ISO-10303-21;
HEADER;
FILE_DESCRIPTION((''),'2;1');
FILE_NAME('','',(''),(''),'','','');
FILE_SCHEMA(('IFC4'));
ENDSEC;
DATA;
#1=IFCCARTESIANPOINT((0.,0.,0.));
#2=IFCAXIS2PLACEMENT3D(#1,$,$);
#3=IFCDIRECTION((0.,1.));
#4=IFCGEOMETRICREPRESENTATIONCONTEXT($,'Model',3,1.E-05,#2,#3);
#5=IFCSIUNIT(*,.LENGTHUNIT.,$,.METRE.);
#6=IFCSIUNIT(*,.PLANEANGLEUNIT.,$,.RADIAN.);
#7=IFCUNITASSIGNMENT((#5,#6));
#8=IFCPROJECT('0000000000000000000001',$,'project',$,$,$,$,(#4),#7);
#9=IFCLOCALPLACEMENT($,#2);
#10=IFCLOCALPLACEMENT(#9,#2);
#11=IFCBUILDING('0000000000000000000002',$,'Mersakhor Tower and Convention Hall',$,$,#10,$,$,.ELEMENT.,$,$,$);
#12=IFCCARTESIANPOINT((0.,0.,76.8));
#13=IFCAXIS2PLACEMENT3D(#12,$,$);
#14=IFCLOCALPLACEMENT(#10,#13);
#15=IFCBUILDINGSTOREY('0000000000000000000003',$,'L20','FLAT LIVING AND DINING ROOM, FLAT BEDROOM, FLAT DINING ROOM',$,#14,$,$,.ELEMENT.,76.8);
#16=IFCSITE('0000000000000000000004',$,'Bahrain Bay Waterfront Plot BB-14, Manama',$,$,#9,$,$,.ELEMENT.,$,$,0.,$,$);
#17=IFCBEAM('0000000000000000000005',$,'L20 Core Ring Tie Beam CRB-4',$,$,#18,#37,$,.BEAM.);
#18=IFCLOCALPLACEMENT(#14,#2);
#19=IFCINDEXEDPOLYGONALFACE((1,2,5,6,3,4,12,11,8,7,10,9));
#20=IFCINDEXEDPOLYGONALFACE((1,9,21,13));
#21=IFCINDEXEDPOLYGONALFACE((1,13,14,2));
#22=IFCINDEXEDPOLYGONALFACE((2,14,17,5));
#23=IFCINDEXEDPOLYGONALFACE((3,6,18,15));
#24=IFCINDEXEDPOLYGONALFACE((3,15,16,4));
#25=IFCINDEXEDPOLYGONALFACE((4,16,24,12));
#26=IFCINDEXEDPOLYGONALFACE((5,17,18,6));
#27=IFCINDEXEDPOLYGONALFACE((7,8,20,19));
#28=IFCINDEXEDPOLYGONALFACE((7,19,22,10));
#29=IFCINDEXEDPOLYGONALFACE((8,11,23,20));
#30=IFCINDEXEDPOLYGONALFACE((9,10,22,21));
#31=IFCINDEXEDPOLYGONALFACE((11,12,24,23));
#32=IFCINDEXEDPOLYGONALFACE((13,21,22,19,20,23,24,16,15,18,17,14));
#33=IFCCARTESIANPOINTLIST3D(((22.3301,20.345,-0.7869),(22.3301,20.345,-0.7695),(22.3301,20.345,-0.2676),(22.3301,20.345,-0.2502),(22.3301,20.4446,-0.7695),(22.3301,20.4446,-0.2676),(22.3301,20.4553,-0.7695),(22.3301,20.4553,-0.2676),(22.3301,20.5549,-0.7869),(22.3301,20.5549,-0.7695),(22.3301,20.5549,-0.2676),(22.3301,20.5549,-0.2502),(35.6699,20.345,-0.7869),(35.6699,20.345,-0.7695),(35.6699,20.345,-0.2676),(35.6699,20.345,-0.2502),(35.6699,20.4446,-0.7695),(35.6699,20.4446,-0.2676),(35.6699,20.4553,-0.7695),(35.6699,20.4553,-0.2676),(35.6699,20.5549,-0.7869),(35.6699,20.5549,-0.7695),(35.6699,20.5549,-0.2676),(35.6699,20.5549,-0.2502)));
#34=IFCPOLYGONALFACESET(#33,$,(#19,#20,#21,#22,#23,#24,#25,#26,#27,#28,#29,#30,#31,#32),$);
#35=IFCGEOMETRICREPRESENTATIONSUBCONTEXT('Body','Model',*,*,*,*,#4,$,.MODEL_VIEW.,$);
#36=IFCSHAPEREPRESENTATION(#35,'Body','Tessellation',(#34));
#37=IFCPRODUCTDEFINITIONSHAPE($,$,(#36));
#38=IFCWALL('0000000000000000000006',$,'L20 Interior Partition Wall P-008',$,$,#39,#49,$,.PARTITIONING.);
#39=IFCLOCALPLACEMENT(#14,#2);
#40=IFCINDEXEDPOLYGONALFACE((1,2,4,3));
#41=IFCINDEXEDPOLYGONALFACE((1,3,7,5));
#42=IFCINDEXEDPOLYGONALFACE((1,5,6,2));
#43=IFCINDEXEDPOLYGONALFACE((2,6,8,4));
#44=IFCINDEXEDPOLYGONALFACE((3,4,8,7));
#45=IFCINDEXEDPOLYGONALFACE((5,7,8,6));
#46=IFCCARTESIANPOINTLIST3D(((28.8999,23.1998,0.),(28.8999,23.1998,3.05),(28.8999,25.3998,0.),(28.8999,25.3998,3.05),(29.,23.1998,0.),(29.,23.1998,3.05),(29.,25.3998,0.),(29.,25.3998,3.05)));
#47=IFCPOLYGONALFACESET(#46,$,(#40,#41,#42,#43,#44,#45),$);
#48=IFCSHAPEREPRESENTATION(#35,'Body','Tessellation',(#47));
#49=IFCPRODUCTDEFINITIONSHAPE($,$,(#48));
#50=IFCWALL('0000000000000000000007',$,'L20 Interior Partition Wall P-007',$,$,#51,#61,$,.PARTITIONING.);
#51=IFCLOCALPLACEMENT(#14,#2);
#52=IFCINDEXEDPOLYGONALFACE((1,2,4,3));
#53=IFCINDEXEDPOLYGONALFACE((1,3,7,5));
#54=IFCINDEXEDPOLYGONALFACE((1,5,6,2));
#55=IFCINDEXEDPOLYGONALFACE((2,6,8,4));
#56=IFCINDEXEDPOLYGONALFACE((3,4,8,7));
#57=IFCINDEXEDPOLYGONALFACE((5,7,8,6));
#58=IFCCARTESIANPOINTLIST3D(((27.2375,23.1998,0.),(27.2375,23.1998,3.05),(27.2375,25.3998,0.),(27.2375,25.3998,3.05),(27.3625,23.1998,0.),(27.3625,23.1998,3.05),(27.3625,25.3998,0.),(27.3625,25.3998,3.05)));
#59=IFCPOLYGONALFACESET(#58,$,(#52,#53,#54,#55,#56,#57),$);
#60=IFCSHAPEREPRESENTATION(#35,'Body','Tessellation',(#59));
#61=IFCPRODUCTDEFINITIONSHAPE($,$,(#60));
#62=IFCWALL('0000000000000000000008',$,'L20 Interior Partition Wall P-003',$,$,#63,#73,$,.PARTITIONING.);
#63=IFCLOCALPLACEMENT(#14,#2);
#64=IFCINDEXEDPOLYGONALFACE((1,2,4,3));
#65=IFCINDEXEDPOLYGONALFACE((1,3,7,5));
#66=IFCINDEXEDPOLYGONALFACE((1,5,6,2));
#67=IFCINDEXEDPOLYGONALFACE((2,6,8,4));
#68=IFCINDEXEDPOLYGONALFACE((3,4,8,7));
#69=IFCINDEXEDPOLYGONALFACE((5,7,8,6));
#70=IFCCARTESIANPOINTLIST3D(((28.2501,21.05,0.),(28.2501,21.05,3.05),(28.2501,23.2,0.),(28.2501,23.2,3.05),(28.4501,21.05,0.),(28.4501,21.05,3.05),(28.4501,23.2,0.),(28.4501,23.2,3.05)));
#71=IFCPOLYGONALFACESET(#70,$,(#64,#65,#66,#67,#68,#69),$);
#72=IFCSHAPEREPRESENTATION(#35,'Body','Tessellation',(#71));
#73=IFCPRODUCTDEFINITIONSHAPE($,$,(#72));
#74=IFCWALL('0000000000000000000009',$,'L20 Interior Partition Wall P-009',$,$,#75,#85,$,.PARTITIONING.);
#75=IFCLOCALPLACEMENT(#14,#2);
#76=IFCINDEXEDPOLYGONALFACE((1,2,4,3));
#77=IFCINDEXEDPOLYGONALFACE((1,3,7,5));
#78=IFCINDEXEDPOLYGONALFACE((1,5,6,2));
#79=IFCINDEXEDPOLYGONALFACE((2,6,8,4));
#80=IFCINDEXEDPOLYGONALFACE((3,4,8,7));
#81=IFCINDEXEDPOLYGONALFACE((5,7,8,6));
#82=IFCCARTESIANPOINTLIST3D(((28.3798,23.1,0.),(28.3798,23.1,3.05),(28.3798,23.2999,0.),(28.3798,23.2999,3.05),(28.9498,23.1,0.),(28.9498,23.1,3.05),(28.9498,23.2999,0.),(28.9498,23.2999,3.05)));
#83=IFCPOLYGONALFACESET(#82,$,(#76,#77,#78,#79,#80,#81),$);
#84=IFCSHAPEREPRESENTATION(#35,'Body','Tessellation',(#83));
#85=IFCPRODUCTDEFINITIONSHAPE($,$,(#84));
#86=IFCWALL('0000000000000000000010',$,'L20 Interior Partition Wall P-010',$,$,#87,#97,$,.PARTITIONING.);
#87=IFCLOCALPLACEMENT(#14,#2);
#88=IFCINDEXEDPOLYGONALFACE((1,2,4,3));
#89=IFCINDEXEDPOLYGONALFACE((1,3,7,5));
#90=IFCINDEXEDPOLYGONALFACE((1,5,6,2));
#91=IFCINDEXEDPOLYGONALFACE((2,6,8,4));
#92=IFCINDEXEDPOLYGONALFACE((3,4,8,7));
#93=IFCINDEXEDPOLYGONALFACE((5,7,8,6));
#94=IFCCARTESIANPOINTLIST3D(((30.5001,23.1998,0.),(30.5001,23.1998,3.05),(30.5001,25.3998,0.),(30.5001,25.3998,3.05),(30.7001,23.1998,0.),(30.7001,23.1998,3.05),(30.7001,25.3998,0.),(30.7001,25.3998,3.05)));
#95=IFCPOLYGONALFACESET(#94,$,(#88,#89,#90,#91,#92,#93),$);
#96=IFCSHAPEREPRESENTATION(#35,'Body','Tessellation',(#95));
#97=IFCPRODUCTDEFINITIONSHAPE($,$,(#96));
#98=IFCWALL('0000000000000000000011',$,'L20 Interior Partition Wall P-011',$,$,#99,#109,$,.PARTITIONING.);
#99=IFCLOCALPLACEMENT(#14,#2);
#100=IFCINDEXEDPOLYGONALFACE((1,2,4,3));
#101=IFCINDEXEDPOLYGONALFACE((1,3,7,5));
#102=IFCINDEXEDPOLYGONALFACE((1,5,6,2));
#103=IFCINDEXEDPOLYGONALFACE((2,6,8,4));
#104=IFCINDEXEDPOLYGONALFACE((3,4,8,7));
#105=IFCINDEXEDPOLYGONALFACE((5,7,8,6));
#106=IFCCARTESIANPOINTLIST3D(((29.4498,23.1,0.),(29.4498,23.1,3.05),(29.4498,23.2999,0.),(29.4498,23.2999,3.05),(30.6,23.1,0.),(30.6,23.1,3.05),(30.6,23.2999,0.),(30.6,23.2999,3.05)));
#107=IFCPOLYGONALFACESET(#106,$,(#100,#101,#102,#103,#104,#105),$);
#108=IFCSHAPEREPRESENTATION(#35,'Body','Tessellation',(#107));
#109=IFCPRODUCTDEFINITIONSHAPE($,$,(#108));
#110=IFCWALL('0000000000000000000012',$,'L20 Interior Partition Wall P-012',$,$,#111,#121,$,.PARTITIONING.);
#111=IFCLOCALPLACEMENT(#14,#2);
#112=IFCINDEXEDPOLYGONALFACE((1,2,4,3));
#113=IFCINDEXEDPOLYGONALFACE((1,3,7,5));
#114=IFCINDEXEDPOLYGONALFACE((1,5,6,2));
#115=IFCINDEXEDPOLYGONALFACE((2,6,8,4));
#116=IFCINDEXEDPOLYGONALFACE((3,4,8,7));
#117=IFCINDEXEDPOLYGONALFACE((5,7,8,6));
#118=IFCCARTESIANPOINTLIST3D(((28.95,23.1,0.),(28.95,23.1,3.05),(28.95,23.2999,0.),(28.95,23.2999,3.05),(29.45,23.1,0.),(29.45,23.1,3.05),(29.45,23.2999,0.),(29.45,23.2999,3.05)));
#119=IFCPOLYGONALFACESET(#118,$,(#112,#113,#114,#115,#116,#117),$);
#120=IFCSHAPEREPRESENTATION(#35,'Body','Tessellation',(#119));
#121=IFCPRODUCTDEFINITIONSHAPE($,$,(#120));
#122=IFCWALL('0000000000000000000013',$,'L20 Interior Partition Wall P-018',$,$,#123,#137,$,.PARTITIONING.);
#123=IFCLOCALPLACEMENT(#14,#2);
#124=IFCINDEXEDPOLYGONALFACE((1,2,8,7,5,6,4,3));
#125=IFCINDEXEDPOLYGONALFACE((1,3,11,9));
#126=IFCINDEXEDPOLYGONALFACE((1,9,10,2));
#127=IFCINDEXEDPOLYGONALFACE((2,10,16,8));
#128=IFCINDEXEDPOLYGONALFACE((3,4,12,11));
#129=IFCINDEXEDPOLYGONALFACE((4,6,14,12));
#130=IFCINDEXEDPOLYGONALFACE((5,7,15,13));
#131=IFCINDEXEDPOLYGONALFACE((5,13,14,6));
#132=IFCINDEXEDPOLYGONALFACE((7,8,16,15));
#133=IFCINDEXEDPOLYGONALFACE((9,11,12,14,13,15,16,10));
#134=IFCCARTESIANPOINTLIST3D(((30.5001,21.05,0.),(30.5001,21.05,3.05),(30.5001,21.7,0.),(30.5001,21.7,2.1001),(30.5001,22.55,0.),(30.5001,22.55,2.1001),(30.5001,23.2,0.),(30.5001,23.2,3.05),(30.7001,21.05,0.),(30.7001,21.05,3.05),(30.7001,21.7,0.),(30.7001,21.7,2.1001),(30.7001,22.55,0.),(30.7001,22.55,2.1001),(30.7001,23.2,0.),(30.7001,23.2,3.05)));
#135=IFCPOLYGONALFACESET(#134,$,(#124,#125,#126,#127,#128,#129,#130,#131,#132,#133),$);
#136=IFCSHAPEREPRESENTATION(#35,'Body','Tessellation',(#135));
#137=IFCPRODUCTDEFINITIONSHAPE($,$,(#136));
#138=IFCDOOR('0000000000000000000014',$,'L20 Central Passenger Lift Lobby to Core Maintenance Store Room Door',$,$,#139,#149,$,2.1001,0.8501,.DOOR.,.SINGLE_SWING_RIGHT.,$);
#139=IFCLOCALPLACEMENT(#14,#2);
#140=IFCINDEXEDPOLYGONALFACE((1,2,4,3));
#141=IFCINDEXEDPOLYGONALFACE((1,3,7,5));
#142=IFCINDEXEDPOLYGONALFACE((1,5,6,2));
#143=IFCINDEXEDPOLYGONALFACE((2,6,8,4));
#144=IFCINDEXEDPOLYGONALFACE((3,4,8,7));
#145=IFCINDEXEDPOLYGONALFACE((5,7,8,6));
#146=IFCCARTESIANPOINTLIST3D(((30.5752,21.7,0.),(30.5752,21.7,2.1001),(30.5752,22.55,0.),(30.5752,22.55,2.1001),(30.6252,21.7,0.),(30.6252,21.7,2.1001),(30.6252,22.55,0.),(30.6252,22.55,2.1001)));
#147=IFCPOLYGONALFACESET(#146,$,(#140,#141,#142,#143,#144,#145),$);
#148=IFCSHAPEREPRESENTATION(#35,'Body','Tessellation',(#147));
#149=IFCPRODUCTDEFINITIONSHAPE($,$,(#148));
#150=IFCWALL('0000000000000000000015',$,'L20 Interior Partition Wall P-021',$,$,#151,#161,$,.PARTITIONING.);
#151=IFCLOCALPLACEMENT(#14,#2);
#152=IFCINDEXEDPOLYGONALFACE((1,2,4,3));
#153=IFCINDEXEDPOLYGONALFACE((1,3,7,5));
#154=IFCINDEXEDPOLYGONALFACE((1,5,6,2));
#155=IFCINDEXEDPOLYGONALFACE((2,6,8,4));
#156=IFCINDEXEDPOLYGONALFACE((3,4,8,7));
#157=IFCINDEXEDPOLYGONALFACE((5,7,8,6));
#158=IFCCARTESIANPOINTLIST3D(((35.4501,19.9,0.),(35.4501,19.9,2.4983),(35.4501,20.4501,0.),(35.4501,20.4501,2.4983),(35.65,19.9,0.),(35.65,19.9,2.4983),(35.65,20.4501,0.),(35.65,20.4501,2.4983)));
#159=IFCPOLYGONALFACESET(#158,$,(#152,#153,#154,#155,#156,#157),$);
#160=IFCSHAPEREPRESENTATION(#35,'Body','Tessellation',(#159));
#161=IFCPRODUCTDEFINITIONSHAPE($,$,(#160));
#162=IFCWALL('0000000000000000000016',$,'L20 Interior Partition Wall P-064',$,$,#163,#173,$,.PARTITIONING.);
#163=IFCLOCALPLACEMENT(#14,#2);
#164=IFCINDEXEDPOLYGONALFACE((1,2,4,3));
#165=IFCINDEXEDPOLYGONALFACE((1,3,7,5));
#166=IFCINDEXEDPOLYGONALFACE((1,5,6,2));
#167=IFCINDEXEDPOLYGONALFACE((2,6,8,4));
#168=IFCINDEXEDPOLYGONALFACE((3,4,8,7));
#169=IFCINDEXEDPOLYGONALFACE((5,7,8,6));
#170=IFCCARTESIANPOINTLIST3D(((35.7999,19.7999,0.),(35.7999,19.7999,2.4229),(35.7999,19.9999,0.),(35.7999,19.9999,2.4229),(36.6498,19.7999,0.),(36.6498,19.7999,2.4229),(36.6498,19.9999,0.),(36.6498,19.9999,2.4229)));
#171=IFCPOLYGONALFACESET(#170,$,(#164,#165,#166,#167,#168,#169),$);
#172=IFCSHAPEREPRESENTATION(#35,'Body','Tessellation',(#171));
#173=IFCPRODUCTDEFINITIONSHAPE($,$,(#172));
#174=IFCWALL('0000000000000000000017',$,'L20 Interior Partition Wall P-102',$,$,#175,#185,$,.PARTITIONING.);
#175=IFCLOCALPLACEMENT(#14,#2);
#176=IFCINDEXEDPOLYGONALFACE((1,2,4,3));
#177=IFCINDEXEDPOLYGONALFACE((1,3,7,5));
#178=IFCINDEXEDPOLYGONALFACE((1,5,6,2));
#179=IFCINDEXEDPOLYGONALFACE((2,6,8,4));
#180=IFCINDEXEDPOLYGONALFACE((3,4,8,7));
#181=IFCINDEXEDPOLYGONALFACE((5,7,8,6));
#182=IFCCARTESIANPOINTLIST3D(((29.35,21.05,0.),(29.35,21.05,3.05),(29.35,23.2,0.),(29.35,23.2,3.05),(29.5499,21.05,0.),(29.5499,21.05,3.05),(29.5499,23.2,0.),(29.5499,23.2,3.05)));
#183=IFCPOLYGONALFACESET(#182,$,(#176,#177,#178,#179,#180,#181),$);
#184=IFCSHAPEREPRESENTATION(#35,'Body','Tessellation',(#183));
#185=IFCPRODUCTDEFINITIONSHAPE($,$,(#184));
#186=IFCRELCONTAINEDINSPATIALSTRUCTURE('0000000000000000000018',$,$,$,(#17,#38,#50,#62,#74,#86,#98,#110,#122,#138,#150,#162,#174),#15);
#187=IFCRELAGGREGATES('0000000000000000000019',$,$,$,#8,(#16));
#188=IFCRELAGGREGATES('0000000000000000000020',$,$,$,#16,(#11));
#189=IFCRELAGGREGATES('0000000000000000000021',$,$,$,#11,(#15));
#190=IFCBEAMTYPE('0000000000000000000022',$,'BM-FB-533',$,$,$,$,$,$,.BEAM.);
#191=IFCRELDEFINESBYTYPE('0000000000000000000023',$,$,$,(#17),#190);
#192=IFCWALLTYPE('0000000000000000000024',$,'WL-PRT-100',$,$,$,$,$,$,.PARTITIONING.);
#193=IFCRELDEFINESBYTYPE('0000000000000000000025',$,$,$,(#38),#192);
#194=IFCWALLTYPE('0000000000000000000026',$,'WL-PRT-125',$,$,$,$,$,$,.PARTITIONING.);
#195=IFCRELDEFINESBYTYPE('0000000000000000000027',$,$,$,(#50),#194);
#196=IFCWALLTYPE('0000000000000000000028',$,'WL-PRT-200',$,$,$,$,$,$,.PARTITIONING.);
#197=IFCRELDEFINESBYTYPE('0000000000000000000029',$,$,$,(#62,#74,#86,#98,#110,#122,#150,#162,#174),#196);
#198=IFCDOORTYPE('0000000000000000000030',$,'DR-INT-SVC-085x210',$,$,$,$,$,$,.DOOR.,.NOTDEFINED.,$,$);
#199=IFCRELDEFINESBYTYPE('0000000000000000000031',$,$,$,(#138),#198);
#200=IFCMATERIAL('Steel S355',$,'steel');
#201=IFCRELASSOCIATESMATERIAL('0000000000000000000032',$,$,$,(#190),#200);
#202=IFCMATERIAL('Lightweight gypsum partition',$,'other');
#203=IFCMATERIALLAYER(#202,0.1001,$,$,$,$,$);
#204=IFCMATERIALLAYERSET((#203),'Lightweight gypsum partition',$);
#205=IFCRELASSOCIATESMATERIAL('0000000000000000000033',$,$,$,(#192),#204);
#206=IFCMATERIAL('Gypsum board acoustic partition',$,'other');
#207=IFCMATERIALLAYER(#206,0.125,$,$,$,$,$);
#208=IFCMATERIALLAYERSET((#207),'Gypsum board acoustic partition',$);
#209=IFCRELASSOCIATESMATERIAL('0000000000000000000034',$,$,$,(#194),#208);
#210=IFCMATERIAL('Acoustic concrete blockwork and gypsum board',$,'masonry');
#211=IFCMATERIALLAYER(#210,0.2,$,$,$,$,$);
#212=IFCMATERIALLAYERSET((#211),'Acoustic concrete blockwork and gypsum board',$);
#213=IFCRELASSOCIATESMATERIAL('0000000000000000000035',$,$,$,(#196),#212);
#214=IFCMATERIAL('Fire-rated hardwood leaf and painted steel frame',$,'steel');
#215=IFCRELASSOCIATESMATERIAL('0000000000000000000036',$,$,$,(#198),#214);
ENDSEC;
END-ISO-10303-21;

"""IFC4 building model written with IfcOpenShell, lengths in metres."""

from ifc_helpers import new_model, si_unit, direction, frame, frame_2d, origin, origin_2d, place, context, subcontext, project, spatial, rectangle, i_section, extrude, material, layer, layer_set, material_profile, profile_set, type_object, element, fill, save


model = new_model("IFC4")

# Units and contexts
model_context = context("Model", 3, precision=1e-05, world=origin(), true_north=direction((0.0, 1.0)))
body_context = subcontext(model_context, "Body", "Model", "MODEL_VIEW")
ifc_project = project(units=[si_unit("LENGTHUNIT", "METRE"), si_unit("PLANEANGLEUNIT", "RADIAN")], contexts=[model_context])

# Site, building, storey
site_placement = place(None, origin())
site = spatial("IfcSite", under=ifc_project, at=site_placement, Name="Bahrain Bay Waterfront Plot BB-14, Manama", CompositionType="ELEMENT", RefElevation=0.0)
building_placement = place(site_placement, origin())
building = spatial("IfcBuilding", under=site, at=building_placement, Name="Mersakhor Tower and Convention Hall", CompositionType="ELEMENT")
storey_placement = place(building_placement, frame((0.0, 0.0, 76.8)))
storey = spatial("IfcBuildingStorey", under=building, at=storey_placement, Name="L20", Description="FLAT LIVING AND DINING ROOM, FLAT BEDROOM, FLAT DINING ROOM", CompositionType="ELEMENT", Elevation=76.8)

# Beam
ifc_material_1 = material(Name="Steel S355", Category="steel")
ifc_material_profile = material_profile(ifc_material_1, i_section(OverallWidth=0.21, OverallDepth=0.5366, WebThickness=0.0107, FlangeThickness=0.0173, at=origin_2d()), Name="UB 533x210x101")
ifc_profile_set = profile_set([ifc_material_profile], Name="Steel S355")
beam_type = type_object("IfcBeamType", Name="BM-FB-533", PredefinedType="BEAM", material=ifc_profile_set)
beam_placement = place(storey_placement, frame((35.6699, 20.45, -0.5186), z_axis=(-1.0, 0.0, 0.0), x_axis=(0.0, -1.0, 0.0)))
element("IfcBeam", 1, at=beam_placement, inside=storey, type_object=beam_type, Name="L20 Core Ring Tie Beam CRB-4", PredefinedType="BEAM", context=body_context, shape_type="SweptSolid", body=[
    extrude(i_section(OverallWidth=0.21, OverallDepth=0.5366, WebThickness=0.0107, FlangeThickness=0.0173, at=origin_2d()), origin(), (0.0, 0.0, 1.0), 13.3398),
])

# Walls
ifc_material_2 = material(Name="Lightweight gypsum partition", Category="other")
ifc_layer_1 = layer(ifc_material_2, 0.1001)
ifc_layer_set_1 = layer_set([ifc_layer_1], Name="Lightweight gypsum partition")
wall_type_1 = type_object("IfcWallType", Name="WL-PRT-100", PredefinedType="PARTITIONING", material=ifc_layer_set_1)
wall_1_placement = place(storey_placement, frame((28.95, 25.3999, 0.0), z_axis=(0.0, 0.0, 1.0), x_axis=(0.0, -1.0, 0.0)))
element("IfcWall", 2, at=wall_1_placement, inside=storey, type_object=wall_type_1, Name="L20 Interior Partition Wall P-008", PredefinedType="PARTITIONING", context=body_context, shape_type="SweptSolid", body=[
    extrude(rectangle(XDim=2.2, YDim=0.1001, at=frame_2d((1.1001, 0.0))), origin(), (0.0, 0.0, 1.0), 3.05),
])
ifc_material_3 = material(Name="Gypsum board acoustic partition", Category="other")
ifc_layer_2 = layer(ifc_material_3, 0.125)
ifc_layer_set_2 = layer_set([ifc_layer_2], Name="Gypsum board acoustic partition")
wall_type_2 = type_object("IfcWallType", Name="WL-PRT-125", PredefinedType="PARTITIONING", material=ifc_layer_set_2)
wall_2_placement = place(storey_placement, frame((27.3, 25.3999, 0.0), z_axis=(0.0, 0.0, 1.0), x_axis=(0.0, -1.0, 0.0)))
element("IfcWall", 3, at=wall_2_placement, inside=storey, type_object=wall_type_2, Name="L20 Interior Partition Wall P-007", PredefinedType="PARTITIONING", context=body_context, shape_type="SweptSolid", body=[
    extrude(rectangle(XDim=2.2, YDim=0.125, at=frame_2d((1.1001, 0.0))), origin(), (0.0, 0.0, 1.0), 3.05),
])
ifc_material_4 = material(Name="Acoustic concrete blockwork and gypsum board", Category="masonry")
ifc_layer_3 = layer(ifc_material_4, 0.2)
ifc_layer_set_3 = layer_set([ifc_layer_3], Name="Acoustic concrete blockwork and gypsum board")
wall_type_3 = type_object("IfcWallType", Name="WL-PRT-200", PredefinedType="PARTITIONING", material=ifc_layer_set_3)
wall_3_placement = place(storey_placement, frame((28.3501, 23.2, 0.0), z_axis=(0.0, 0.0, 1.0), x_axis=(0.0, -1.0, 0.0)))
element("IfcWall", 4, at=wall_3_placement, inside=storey, type_object=wall_type_3, Name="L20 Interior Partition Wall P-003", PredefinedType="PARTITIONING", context=body_context, shape_type="SweptSolid", body=[
    extrude(rectangle(XDim=2.1499, YDim=0.2, at=frame_2d((1.075, 0.0))), origin(), (0.0, 0.0, 1.0), 3.05),
])
wall_4_placement = place(storey_placement, frame((28.95, 23.2, 0.0), z_axis=(0.0, 0.0, 1.0), x_axis=(-1.0, 0.0, 0.0)))
element("IfcWall", 5, at=wall_4_placement, inside=storey, type_object=wall_type_3, Name="L20 Interior Partition Wall P-009", PredefinedType="PARTITIONING", context=body_context, shape_type="SweptSolid", body=[
    extrude(rectangle(XDim=0.5701, YDim=0.2, at=frame_2d((0.2852, 0.0))), origin(), (0.0, 0.0, 1.0), 3.05),
])
wall_5_placement = place(storey_placement, frame((30.6001, 25.3999, 0.0), z_axis=(0.0, 0.0, 1.0), x_axis=(0.0, -1.0, 0.0)))
element("IfcWall", 6, at=wall_5_placement, inside=storey, type_object=wall_type_3, Name="L20 Interior Partition Wall P-010", PredefinedType="PARTITIONING", context=body_context, shape_type="SweptSolid", body=[
    extrude(rectangle(XDim=2.2, YDim=0.2, at=frame_2d((1.1001, 0.0))), origin(), (0.0, 0.0, 1.0), 3.05),
])
wall_6_placement = place(storey_placement, frame((30.6001, 23.2, 0.0), z_axis=(0.0, 0.0, 1.0), x_axis=(-1.0, 0.0, 0.0)))
element("IfcWall", 7, at=wall_6_placement, inside=storey, type_object=wall_type_3, Name="L20 Interior Partition Wall P-011", PredefinedType="PARTITIONING", context=body_context, shape_type="SweptSolid", body=[
    extrude(rectangle(XDim=1.1501, YDim=0.2, at=frame_2d((0.5752, 0.0))), origin(), (0.0, 0.0, 1.0), 3.05),
])
wall_7_placement = place(storey_placement, frame((29.45, 23.2, 0.0), z_axis=(0.0, 0.0, 1.0), x_axis=(-1.0, 0.0, 0.0)))
element("IfcWall", 8, at=wall_7_placement, inside=storey, type_object=wall_type_3, Name="L20 Interior Partition Wall P-012", PredefinedType="PARTITIONING", context=body_context, shape_type="SweptSolid", body=[
    extrude(rectangle(XDim=0.5, YDim=0.2, at=frame_2d((0.25, 0.0))), origin(), (0.0, 0.0, 1.0), 3.05),
])

# Wall, opening, door
wall_8_placement = place(storey_placement, frame((30.6001, 21.05, 0.0), z_axis=(0.0, 0.0, 1.0), x_axis=(0.0, 1.0, 0.0)))
wall_8 = element("IfcWall", 9, at=wall_8_placement, inside=storey, type_object=wall_type_3, Name="L20 Interior Partition Wall P-018", PredefinedType="PARTITIONING", context=body_context, shape_type="SweptSolid", body=[
    extrude(rectangle(XDim=2.1499, YDim=0.2, at=frame_2d((1.075, 0.0))), origin(), (0.0, 0.0, 1.0), 3.05),
])
opening_1_placement = place(wall_8_placement, frame((0.6499, 0.0, 0.0)))
opening_1 = element("IfcOpeningElement", 10, at=opening_1_placement, cuts=wall_8, PredefinedType="OPENING", context=body_context, shape_type="SweptSolid", body=[
    extrude(rectangle(XDim=0.8501, YDim=2.1001, at=frame_2d((0.425, 1.05))), frame((0.0, 0.1099, 0.0), z_axis=(0.0, -1.0, 0.0), x_axis=(1.0, 0.0, 0.0)), (0.0, 0.0, 1.0), 0.22),
])
ifc_material_5 = material(Name="Fire-rated hardwood leaf and painted steel frame", Category="steel")
door_type_1 = type_object("IfcDoorType", Name="DR-INT-SVC-085x210", OperationType="NOTDEFINED", PredefinedType="DOOR", material=ifc_material_5)
door_1_placement = place(opening_1_placement, origin())
door_1 = element("IfcDoor", 11, at=door_1_placement, inside=storey, type_object=door_type_1, Name="L20 Central Passenger Lift Lobby to Core Maintenance Store Room Door", OperationType="SINGLE_SWING_RIGHT", OverallHeight=2.1001, OverallWidth=0.8501, PredefinedType="DOOR", context=body_context, shape_type="SweptSolid", body=[
    extrude(rectangle(XDim=0.8501, YDim=2.1001, at=frame_2d((0.425, 1.05))), frame((0.0, 0.0249, 0.0), z_axis=(0.0, -1.0, 0.0), x_axis=(1.0, 0.0, 0.0)), (0.0, 0.0, 1.0), 0.05),
])
fill(opening_1, door_1)

# Walls
wall_9_placement = place(storey_placement, frame((35.55, 20.45, 0.0), z_axis=(0.0, 0.0, 1.0), x_axis=(0.0, -1.0, 0.0)))
element("IfcWall", 12, at=wall_9_placement, inside=storey, type_object=wall_type_3, Name="L20 Interior Partition Wall P-021", PredefinedType="PARTITIONING", context=body_context, shape_type="SweptSolid", body=[
    extrude(rectangle(XDim=0.55, YDim=0.2, at=frame_2d((0.2749, 0.0))), origin(), (0.0, 0.0, 1.0), 2.4983),
])
wall_10_placement = place(storey_placement, frame((35.8, 19.8999, 0.0), z_axis=(0.0, 0.0, 1.0), x_axis=(1.0, 0.0, 0.0)))
element("IfcWall", 13, at=wall_10_placement, inside=storey, type_object=wall_type_3, Name="L20 Interior Partition Wall P-064", PredefinedType="PARTITIONING", context=body_context, shape_type="SweptSolid", body=[
    extrude(rectangle(XDim=0.8499, YDim=0.2, at=frame_2d((0.4248, 0.0))), origin(), (0.0, 0.0, 1.0), 2.4229),
])
wall_11_placement = place(storey_placement, frame((29.45, 23.2, 0.0), z_axis=(0.0, 0.0, 1.0), x_axis=(0.0, -1.0, 0.0)))
element("IfcWall", 14, at=wall_11_placement, inside=storey, type_object=wall_type_3, Name="L20 Interior Partition Wall P-102", PredefinedType="PARTITIONING", context=body_context, shape_type="SweptSolid", body=[
    extrude(rectangle(XDim=2.1499, YDim=0.2, at=frame_2d((1.075, 0.0))), origin(), (0.0, 0.0, 1.0), 3.05),
])

save(model, "model.ifc")
